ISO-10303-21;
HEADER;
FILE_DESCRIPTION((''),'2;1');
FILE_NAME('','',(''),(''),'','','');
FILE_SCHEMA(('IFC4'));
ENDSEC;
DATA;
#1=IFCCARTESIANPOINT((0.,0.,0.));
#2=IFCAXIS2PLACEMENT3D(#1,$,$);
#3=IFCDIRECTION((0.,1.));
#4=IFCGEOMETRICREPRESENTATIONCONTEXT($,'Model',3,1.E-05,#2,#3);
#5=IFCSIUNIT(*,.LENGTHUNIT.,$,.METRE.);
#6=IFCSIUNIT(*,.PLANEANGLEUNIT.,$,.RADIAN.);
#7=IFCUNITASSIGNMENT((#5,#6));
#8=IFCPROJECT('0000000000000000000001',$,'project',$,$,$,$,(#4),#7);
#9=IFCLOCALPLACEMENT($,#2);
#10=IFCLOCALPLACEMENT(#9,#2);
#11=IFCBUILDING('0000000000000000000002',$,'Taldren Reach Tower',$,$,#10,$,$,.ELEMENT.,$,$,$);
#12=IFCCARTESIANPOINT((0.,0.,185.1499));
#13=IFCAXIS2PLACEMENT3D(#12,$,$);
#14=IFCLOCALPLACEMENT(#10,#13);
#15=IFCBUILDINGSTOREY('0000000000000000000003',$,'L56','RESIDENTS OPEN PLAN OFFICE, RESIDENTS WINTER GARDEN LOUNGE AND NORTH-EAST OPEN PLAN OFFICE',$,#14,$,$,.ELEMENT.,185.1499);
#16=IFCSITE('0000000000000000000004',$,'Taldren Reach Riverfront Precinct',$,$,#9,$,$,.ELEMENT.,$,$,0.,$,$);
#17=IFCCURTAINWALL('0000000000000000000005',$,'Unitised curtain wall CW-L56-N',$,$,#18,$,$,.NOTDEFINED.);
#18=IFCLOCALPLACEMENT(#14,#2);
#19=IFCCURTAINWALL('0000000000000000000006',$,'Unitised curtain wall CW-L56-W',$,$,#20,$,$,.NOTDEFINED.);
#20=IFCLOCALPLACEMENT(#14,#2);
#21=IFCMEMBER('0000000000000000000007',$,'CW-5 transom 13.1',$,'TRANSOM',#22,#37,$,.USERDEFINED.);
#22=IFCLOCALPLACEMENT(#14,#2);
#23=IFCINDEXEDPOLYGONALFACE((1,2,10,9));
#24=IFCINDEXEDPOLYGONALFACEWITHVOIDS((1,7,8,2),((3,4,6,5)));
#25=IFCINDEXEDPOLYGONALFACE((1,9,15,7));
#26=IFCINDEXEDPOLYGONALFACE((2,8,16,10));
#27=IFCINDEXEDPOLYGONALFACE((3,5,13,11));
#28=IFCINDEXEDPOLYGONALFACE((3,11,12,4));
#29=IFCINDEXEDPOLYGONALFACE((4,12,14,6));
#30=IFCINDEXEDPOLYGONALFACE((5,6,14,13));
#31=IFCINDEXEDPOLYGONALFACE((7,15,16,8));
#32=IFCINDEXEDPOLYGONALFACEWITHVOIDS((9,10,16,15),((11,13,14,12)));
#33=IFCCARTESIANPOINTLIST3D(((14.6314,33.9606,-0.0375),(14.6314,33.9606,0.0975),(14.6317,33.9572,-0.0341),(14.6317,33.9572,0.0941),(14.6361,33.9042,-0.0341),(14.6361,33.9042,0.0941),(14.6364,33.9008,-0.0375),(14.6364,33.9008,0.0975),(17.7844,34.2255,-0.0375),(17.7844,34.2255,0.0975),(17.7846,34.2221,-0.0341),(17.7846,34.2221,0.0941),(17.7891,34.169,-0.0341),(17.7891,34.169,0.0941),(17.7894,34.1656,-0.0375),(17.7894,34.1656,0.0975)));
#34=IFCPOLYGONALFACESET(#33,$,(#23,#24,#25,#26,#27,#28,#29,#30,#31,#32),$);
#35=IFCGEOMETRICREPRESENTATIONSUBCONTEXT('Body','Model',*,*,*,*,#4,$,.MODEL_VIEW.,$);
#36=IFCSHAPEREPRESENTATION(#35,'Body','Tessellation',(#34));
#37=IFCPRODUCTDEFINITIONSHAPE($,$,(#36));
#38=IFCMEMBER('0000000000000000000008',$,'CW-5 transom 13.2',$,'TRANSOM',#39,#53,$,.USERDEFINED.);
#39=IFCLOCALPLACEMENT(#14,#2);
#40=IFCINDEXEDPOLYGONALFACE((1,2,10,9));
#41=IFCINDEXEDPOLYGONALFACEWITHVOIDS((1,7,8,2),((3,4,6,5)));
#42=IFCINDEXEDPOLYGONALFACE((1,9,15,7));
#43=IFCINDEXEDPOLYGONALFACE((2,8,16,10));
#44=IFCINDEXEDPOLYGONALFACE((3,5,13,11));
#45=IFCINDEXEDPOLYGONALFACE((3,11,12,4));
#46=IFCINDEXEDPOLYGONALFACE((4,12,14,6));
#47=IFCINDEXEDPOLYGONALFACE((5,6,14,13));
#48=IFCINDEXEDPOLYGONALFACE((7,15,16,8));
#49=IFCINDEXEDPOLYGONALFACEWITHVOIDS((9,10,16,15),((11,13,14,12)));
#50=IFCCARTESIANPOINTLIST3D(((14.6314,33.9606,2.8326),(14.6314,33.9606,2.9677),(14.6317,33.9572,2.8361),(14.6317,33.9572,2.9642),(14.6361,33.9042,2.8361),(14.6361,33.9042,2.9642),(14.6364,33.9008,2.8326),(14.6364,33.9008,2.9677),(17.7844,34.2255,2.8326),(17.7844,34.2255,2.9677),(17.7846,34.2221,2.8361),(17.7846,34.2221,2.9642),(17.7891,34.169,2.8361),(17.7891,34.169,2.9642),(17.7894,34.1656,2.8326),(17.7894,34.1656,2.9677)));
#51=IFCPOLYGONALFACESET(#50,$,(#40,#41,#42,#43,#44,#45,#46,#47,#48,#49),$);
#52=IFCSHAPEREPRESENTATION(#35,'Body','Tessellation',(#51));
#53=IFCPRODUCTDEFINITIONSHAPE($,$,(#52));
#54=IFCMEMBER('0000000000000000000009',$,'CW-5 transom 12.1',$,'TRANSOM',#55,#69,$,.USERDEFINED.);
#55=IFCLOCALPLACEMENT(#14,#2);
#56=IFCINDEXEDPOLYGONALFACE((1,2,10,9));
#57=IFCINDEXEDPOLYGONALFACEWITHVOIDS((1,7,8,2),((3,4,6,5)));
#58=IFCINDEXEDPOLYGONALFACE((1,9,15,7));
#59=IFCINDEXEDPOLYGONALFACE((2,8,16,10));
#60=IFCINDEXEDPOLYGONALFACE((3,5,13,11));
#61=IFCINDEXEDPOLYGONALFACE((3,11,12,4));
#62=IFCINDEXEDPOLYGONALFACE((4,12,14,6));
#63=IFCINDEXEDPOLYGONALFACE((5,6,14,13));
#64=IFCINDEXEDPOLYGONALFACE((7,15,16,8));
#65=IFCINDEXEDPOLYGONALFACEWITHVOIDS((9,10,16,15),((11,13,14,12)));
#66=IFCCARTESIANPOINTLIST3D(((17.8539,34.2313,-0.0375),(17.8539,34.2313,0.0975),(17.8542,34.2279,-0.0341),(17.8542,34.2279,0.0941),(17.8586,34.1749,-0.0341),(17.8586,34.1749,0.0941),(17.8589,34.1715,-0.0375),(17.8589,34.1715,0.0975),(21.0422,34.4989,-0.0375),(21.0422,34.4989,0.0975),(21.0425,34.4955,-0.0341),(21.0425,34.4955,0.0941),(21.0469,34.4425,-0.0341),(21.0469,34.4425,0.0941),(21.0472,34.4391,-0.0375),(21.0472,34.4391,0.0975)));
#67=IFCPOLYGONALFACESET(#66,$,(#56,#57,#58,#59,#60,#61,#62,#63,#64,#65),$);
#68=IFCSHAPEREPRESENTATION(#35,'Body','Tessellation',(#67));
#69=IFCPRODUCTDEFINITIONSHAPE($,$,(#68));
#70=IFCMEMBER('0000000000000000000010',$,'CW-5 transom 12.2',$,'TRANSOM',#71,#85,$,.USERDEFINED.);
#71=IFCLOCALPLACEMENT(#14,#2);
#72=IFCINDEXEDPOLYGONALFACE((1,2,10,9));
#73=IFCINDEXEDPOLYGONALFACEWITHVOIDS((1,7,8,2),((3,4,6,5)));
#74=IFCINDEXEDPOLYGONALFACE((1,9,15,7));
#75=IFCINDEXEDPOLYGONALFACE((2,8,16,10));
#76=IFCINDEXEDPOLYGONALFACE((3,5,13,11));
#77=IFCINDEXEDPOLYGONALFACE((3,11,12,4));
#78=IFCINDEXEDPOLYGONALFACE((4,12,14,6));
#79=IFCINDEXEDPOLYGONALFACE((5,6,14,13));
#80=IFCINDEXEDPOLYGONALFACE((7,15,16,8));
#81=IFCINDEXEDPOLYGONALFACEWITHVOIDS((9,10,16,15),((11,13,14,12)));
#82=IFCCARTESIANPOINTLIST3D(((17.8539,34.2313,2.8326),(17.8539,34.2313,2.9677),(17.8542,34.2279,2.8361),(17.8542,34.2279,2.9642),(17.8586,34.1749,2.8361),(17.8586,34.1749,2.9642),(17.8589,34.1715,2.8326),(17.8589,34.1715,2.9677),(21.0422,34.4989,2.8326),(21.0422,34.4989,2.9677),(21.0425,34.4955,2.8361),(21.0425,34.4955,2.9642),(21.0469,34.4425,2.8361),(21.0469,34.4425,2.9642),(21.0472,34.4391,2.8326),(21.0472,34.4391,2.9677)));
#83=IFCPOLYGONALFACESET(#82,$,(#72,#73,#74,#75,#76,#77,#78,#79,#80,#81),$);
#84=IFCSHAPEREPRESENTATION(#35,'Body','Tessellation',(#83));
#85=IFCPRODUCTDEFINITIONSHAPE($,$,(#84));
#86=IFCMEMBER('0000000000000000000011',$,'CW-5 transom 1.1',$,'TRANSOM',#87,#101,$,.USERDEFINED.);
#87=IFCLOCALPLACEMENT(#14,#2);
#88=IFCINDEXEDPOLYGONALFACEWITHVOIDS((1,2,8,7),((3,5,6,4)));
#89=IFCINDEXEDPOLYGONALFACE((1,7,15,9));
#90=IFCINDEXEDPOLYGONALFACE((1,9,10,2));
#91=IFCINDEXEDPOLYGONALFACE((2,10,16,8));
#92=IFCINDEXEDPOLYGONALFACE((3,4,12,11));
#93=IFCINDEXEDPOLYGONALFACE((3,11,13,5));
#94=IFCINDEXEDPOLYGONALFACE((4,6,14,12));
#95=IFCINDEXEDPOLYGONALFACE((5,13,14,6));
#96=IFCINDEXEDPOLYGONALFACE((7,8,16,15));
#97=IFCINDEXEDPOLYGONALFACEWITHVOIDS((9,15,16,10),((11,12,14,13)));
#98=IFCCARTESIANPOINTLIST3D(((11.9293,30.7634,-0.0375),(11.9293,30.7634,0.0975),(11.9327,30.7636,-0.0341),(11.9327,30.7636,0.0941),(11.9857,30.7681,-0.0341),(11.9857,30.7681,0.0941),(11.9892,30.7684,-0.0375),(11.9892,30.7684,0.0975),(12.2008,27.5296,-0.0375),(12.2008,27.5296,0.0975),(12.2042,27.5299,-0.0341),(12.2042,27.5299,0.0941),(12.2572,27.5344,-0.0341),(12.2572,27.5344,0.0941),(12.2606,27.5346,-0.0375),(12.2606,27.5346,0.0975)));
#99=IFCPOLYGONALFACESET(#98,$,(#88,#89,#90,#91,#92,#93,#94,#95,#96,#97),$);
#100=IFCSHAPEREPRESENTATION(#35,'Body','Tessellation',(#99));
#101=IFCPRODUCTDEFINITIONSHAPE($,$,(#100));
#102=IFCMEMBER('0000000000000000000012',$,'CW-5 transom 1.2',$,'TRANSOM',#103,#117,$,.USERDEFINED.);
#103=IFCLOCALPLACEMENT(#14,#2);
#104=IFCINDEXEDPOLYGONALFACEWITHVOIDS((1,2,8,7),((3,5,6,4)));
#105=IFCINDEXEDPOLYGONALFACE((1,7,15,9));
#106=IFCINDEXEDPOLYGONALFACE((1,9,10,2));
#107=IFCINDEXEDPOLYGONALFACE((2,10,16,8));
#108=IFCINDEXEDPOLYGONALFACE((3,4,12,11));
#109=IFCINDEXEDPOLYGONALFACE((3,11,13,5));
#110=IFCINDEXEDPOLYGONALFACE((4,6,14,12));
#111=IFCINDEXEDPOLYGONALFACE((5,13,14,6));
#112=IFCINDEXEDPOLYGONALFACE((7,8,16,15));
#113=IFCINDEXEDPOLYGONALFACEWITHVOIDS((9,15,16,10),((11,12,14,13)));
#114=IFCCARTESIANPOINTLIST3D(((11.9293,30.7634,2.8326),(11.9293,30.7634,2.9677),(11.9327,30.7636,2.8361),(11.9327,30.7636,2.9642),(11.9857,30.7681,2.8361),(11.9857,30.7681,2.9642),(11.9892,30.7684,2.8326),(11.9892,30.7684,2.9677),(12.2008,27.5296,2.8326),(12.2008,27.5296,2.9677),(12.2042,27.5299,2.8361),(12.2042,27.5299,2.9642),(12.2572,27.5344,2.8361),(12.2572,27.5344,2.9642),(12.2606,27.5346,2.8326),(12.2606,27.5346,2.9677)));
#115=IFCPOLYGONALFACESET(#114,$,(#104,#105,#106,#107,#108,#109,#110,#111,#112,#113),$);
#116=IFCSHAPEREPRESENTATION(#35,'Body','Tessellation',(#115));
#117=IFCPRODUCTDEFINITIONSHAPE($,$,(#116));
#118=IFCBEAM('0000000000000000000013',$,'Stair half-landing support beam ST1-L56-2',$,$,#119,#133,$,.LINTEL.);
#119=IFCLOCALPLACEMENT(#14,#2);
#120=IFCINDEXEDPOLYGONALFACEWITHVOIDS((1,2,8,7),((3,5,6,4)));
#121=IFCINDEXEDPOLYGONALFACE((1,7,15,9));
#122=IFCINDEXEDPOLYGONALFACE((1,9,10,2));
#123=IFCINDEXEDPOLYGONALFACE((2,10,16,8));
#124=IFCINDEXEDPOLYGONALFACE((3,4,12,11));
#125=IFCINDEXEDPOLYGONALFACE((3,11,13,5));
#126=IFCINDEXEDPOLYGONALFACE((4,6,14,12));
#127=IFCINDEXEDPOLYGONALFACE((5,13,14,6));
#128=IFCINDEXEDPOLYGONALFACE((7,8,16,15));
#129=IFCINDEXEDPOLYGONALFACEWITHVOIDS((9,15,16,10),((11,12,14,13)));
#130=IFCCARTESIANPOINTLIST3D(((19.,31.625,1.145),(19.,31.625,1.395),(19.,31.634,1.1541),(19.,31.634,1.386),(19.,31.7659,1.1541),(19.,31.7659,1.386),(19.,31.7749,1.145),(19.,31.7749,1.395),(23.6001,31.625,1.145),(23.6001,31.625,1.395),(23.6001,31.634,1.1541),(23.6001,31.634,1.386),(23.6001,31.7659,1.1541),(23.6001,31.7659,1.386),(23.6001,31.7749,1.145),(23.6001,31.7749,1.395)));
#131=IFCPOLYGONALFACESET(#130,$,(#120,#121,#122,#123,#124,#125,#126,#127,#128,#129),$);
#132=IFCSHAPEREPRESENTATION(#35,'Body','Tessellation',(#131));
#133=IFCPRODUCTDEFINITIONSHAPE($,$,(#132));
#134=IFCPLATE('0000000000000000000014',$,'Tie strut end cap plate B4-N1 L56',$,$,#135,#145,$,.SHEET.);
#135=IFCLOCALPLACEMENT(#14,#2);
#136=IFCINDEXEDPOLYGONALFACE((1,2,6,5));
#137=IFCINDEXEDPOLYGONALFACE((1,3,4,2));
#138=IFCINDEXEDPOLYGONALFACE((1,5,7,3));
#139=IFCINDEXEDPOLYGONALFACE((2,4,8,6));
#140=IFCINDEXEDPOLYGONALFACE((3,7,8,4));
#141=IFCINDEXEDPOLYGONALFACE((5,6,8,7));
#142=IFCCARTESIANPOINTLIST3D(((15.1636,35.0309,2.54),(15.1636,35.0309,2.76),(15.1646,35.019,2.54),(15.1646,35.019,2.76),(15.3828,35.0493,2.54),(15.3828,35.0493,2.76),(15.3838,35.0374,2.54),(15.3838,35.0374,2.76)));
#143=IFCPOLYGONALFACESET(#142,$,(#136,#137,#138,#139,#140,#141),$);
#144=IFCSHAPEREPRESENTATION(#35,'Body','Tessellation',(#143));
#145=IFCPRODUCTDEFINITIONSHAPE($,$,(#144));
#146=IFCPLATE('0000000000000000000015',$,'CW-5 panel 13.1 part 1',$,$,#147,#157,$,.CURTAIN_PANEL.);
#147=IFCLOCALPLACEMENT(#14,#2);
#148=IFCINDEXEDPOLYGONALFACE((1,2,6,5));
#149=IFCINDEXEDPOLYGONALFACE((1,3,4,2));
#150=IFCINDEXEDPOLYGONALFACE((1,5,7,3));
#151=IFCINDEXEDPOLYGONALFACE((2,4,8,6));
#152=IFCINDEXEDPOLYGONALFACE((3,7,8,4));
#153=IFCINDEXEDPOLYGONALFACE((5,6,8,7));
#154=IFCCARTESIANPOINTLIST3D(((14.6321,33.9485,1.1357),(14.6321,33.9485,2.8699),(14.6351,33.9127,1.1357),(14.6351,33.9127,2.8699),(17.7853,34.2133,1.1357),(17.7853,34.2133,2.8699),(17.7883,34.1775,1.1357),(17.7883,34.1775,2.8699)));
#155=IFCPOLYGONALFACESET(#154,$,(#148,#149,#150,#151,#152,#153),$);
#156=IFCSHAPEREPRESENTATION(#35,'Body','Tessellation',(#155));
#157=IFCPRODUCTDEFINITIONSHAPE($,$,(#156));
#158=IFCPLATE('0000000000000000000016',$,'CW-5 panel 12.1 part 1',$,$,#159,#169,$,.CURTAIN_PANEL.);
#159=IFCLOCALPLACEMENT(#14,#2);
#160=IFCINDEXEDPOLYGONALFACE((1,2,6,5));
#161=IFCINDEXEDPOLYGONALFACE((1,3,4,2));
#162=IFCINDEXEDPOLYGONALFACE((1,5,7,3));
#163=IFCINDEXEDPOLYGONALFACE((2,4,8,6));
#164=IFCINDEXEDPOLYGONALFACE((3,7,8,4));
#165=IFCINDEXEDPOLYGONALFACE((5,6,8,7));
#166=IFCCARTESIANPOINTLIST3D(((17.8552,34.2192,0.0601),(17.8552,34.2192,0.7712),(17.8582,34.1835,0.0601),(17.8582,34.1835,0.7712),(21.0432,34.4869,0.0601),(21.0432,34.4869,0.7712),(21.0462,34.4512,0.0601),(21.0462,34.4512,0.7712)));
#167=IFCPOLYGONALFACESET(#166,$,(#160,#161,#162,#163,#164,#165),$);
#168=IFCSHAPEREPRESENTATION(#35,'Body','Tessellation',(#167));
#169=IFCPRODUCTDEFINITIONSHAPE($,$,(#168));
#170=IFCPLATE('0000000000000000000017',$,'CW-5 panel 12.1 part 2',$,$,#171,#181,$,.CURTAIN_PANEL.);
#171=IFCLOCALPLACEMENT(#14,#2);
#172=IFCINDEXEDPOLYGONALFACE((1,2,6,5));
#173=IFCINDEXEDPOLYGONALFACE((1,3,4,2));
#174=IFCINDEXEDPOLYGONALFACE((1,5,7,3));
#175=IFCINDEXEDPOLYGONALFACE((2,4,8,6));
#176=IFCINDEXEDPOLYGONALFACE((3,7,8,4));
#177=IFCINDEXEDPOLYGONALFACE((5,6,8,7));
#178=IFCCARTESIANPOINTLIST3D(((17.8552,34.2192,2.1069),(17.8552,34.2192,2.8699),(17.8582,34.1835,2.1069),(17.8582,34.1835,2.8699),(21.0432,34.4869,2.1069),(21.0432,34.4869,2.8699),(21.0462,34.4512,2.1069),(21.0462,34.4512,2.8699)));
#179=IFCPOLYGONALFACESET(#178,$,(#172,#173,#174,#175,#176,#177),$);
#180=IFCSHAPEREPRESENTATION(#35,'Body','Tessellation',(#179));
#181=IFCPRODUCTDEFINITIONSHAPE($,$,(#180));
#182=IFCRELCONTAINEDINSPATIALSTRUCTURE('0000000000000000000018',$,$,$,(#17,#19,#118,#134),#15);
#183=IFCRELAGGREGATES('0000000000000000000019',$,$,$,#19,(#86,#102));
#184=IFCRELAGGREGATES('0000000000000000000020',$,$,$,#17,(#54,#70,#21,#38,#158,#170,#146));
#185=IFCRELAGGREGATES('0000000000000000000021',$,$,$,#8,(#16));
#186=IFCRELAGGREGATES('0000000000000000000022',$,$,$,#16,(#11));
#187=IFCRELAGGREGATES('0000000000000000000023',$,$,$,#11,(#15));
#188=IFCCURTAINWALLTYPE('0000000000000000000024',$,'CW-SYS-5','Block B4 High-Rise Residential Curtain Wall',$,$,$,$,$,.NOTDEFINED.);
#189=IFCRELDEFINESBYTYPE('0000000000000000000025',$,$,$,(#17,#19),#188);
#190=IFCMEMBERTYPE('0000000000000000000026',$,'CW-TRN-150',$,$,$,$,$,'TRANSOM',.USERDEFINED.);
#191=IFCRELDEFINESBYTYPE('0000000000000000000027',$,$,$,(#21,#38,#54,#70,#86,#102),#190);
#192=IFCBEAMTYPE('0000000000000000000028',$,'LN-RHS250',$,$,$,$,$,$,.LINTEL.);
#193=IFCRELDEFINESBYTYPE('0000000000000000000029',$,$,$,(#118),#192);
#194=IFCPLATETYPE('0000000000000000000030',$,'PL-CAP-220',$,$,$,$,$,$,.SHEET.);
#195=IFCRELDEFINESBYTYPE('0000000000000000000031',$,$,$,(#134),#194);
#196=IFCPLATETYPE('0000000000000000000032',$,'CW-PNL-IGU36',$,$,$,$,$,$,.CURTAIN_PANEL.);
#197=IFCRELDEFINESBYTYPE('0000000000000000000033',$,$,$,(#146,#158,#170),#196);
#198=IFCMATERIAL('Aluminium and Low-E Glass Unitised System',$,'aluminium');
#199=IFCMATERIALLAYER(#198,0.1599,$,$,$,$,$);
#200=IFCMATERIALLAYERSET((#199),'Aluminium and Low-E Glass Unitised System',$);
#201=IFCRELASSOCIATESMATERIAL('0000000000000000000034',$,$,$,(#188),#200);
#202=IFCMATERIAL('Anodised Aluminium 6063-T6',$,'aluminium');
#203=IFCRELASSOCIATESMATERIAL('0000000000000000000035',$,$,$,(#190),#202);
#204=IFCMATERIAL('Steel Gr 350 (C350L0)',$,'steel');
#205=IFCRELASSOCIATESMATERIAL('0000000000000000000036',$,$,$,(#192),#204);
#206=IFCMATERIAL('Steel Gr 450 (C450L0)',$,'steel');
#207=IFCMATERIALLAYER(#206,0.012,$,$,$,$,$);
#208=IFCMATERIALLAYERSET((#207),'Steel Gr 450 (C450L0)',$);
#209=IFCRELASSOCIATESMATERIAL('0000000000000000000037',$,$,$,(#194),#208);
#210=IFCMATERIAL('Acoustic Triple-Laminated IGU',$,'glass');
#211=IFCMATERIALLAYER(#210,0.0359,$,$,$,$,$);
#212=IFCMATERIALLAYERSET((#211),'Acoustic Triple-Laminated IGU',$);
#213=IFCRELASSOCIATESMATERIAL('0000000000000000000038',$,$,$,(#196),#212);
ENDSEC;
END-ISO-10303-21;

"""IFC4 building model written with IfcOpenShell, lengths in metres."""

from ifc_helpers import new_model, si_unit, direction, frame, origin, origin_2d, place, context, subcontext, project, spatial, rectangle, hollow_rectangle, extrude, source, transform, mapped, material, layer, layer_set, material_profile, profile_set, type_object, element, aggregate, save


model = new_model("IFC4")

# Units and contexts
model_context = context("Model", 3, precision=1e-05, world=origin(), true_north=direction((0.0, 1.0)))
body_context = subcontext(model_context, "Body", "Model", "MODEL_VIEW")
ifc_project = project(units=[si_unit("LENGTHUNIT", "METRE"), si_unit("PLANEANGLEUNIT", "RADIAN")], contexts=[model_context])

# Site, building, storey
site_placement = place(None, origin())
site = spatial("IfcSite", under=ifc_project, at=site_placement, Name="Taldren Reach Riverfront Precinct", CompositionType="ELEMENT", RefElevation=0.0)
building_placement = place(site_placement, origin())
building = spatial("IfcBuilding", under=site, at=building_placement, Name="Taldren Reach Tower", CompositionType="ELEMENT")
storey_placement = place(building_placement, frame((0.0, 0.0, 185.1499)))
storey = spatial("IfcBuildingStorey", under=building, at=storey_placement, Name="L56", Description="RESIDENTS OPEN PLAN OFFICE, RESIDENTS WINTER GARDEN LOUNGE AND NORTH-EAST OPEN PLAN OFFICE", CompositionType="ELEMENT", Elevation=185.1499)

# Shared definitions
ifc_material_1 = material(Name="Steel Gr 450 (C450L0)", Category="steel")
ifc_material_2 = material(Name="Steel Gr 350 (C350L0)", Category="steel")

# Curtain wall
ifc_material_3 = material(Name="Aluminium and Low-E Glass Unitised System", Category="aluminium")
ifc_layer_1 = layer(ifc_material_3, 0.1599)
ifc_layer_set_1 = layer_set([ifc_layer_1], Name="Aluminium and Low-E Glass Unitised System")
curtain_wall_type = type_object("IfcCurtainWallType", Name="CW-SYS-5", Description="Block B4 High-Rise Residential Curtain Wall", PredefinedType="NOTDEFINED", material=ifc_layer_set_1)
curtain_wall_1_placement = place(storey_placement, origin())
curtain_wall_1 = element("IfcCurtainWall", 1, at=curtain_wall_1_placement, inside=storey, type_object=curtain_wall_type, Name="Unitised curtain wall CW-L56-N", PredefinedType="NOTDEFINED")
ifc_material_4 = material(Name="Anodised Aluminium 6063-T6", Category="aluminium")

# Curtain wall
curtain_wall_2_placement = place(storey_placement, origin())
curtain_wall_2 = element("IfcCurtainWall", 2, at=curtain_wall_2_placement, inside=storey, type_object=curtain_wall_type, Name="Unitised curtain wall CW-L56-W", PredefinedType="NOTDEFINED")

# Members
ifc_material_profile_1 = material_profile(ifc_material_4, hollow_rectangle(XDim=0.0601, YDim=0.135, WallThickness=0.0034, at=origin_2d()), Name="ALU-135x60x3.5RHS")
ifc_profile_set_1 = profile_set([ifc_material_profile_1], Name="Anodised Aluminium 6063-T6")
member_type_1 = type_object("IfcMemberType", Name="CW-TRN-150", ElementType="TRANSOM", PredefinedType="USERDEFINED", material=ifc_profile_set_1)
shared_shape_1 = source(origin(), body_context, "Body", "SweptSolid", [
    extrude(hollow_rectangle(XDim=0.0601, YDim=0.135, WallThickness=0.0034, at=origin_2d()), origin(), (0.0, 0.0, 1.0), 3.1641),
])
member_1_placement = place(storey_placement, frame((17.7869, 34.1956, 0.03), z_axis=(-0.99649, -0.083716, 0.0), x_axis=(0.083716, -0.99649, 0.0)))
member_1 = element("IfcMember", 3, at=member_1_placement, type_object=member_type_1, Name="CW-5 transom 13.1", ObjectType="TRANSOM", PredefinedType="USERDEFINED", context=body_context, shape_type="MappedRepresentation", body=[
    mapped(shared_shape_1, transform((0.0, 0.0, 0.0), scale=1.0)),
])
member_2_placement = place(storey_placement, frame((17.7869, 34.1956, 2.9001), z_axis=(-0.99649, -0.083716, 0.0), x_axis=(0.083716, -0.99649, 0.0)))
member_2 = element("IfcMember", 4, at=member_2_placement, type_object=member_type_1, Name="CW-5 transom 13.2", ObjectType="TRANSOM", PredefinedType="USERDEFINED", context=body_context, shape_type="MappedRepresentation", body=[
    mapped(shared_shape_1, transform((0.0, 0.0, 0.0), scale=1.0)),
])
shared_shape_2 = source(origin(), body_context, "Body", "SweptSolid", [
    extrude(hollow_rectangle(XDim=0.0601, YDim=0.135, WallThickness=0.0034, at=origin_2d()), origin(), (0.0, 0.0, 1.0), 3.1995),
])
member_3_placement = place(storey_placement, frame((21.0447, 34.469, 0.03), z_axis=(-0.996497, -0.083633, 0.0), x_axis=(0.083633, -0.996497, 0.0)))
member_3 = element("IfcMember", 5, at=member_3_placement, type_object=member_type_1, Name="CW-5 transom 12.1", ObjectType="TRANSOM", PredefinedType="USERDEFINED", context=body_context, shape_type="MappedRepresentation", body=[
    mapped(shared_shape_2, transform((0.0, 0.0, 0.0), scale=1.0)),
])
member_4_placement = place(storey_placement, frame((21.0447, 34.469, 2.9001), z_axis=(-0.996497, -0.083633, 0.0), x_axis=(0.083633, -0.996497, 0.0)))
member_4 = element("IfcMember", 6, at=member_4_placement, type_object=member_type_1, Name="CW-5 transom 12.2", ObjectType="TRANSOM", PredefinedType="USERDEFINED", context=body_context, shape_type="MappedRepresentation", body=[
    mapped(shared_shape_2, transform((0.0, 0.0, 0.0), scale=1.0)),
])
shared_shape_3 = source(origin(), body_context, "Body", "SweptSolid", [
    extrude(hollow_rectangle(XDim=0.0601, YDim=0.135, WallThickness=0.0034, at=origin_2d()), origin(), (0.0, 0.0, 1.0), 3.2451),
])
member_5_placement = place(storey_placement, frame((11.9592, 30.7659, 0.03), z_axis=(0.083662, -0.996494, 0.0), x_axis=(0.996494, 0.083662, 0.0)))
member_5 = element("IfcMember", 7, at=member_5_placement, type_object=member_type_1, Name="CW-5 transom 1.1", ObjectType="TRANSOM", PredefinedType="USERDEFINED", context=body_context, shape_type="MappedRepresentation", body=[
    mapped(shared_shape_3, transform((0.0, 0.0, 0.0), scale=1.0)),
])
member_6_placement = place(storey_placement, frame((11.9592, 30.7659, 2.9001), z_axis=(0.083662, -0.996494, 0.0), x_axis=(0.996494, 0.083662, 0.0)))
member_6 = element("IfcMember", 8, at=member_6_placement, type_object=member_type_1, Name="CW-5 transom 1.2", ObjectType="TRANSOM", PredefinedType="USERDEFINED", context=body_context, shape_type="MappedRepresentation", body=[
    mapped(shared_shape_3, transform((0.0, 0.0, 0.0), scale=1.0)),
])
aggregate(curtain_wall_2, [member_5, member_6])

# Beam
ifc_material_profile_2 = material_profile(ifc_material_2, hollow_rectangle(XDim=0.1499, YDim=0.25, WallThickness=0.009, at=origin_2d()), Name="250x150x9.0RHS")
ifc_profile_set_2 = profile_set([ifc_material_profile_2], Name="Steel Gr 350 (C350L0)")
beam_type_1 = type_object("IfcBeamType", Name="LN-RHS250", PredefinedType="LINTEL", material=ifc_profile_set_2)
shared_shape_4 = source(origin(), body_context, "Body", "SweptSolid", [
    extrude(hollow_rectangle(XDim=0.1499, YDim=0.25, WallThickness=0.009, at=origin_2d()), origin(), (0.0, 0.0, 1.0), 4.6001),
])
beam_1_placement = place(storey_placement, frame((19.0, 31.7, 1.27), z_axis=(1.0, 0.0, 0.0), x_axis=(0.0, 1.0, 0.0)))
element("IfcBeam", 9, at=beam_1_placement, inside=storey, type_object=beam_type_1, Name="Stair half-landing support beam ST1-L56-2", PredefinedType="LINTEL", context=body_context, shape_type="MappedRepresentation", body=[
    mapped(shared_shape_4, transform((0.0, 0.0, 0.0), scale=1.0)),
])

# Plates
ifc_layer_2 = layer(ifc_material_1, 0.012)
ifc_layer_set_2 = layer_set([ifc_layer_2], Name="Steel Gr 450 (C450L0)")
plate_type_1 = type_object("IfcPlateType", Name="PL-CAP-220", PredefinedType="SHEET", material=ifc_layer_set_2)
shared_shape_5 = source(origin(), body_context, "Body", "SweptSolid", [
    extrude(rectangle(XDim=0.22, YDim=0.012, at=origin_2d()), origin(), (0.0, 0.0, 1.0), 0.22),
])
plate_1_placement = place(storey_placement, frame((15.2737, 35.0342, 2.54), z_axis=(0.0, 0.0, 1.0), x_axis=(0.996493, 0.083678, 0.0)))
element("IfcPlate", 10, at=plate_1_placement, inside=storey, type_object=plate_type_1, Name="Tie strut end cap plate B4-N1 L56", PredefinedType="SHEET", context=body_context, shape_type="MappedRepresentation", body=[
    mapped(shared_shape_5, transform((0.0, 0.0, 0.0), scale=1.0)),
])
ifc_material_5 = material(Name="Acoustic Triple-Laminated IGU", Category="glass")
ifc_layer_3 = layer(ifc_material_5, 0.0359)
ifc_layer_set_3 = layer_set([ifc_layer_3], Name="Acoustic Triple-Laminated IGU")
plate_type_2 = type_object("IfcPlateType", Name="CW-PNL-IGU36", PredefinedType="CURTAIN_PANEL", material=ifc_layer_set_3)
shared_shape_6 = source(origin(), body_context, "Body", "SweptSolid", [
    extrude(rectangle(XDim=3.1643, YDim=0.0359, at=origin_2d()), origin(), (0.0, 0.0, 1.0), 1.7341),
])
plate_2_placement = place(storey_placement, frame((16.2102, 34.063, 1.1357), z_axis=(0.0, 0.0, 1.0), x_axis=(-0.996493, -0.083678, 0.0)))
plate_2 = element("IfcPlate", 11, at=plate_2_placement, type_object=plate_type_2, Name="CW-5 panel 13.1 part 1", PredefinedType="CURTAIN_PANEL", context=body_context, shape_type="MappedRepresentation", body=[
    mapped(shared_shape_6, transform((0.0, 0.0, 0.0), scale=1.0)),
])
shared_shape_7 = source(origin(), body_context, "Body", "SweptSolid", [
    extrude(rectangle(XDim=3.1992, YDim=0.0359, at=origin_2d()), origin(), (0.0, 0.0, 1.0), 0.7112),
])
plate_3_placement = place(storey_placement, frame((19.4507, 34.3352, 0.0601), z_axis=(0.0, 0.0, 1.0), x_axis=(-0.996493, -0.083678, 0.0)))
plate_3 = element("IfcPlate", 12, at=plate_3_placement, type_object=plate_type_2, Name="CW-5 panel 12.1 part 1", PredefinedType="CURTAIN_PANEL", context=body_context, shape_type="MappedRepresentation", body=[
    mapped(shared_shape_7, transform((0.0, 0.0, 0.0), scale=1.0)),
])
shared_shape_8 = source(origin(), body_context, "Body", "SweptSolid", [
    extrude(rectangle(XDim=3.1992, YDim=0.0359, at=origin_2d()), origin(), (0.0, 0.0, 1.0), 0.7629),
])
plate_4_placement = place(storey_placement, frame((19.4507, 34.3352, 2.1069), z_axis=(0.0, 0.0, 1.0), x_axis=(-0.996493, -0.083678, 0.0)))
plate_4 = element("IfcPlate", 13, at=plate_4_placement, type_object=plate_type_2, Name="CW-5 panel 12.1 part 2", PredefinedType="CURTAIN_PANEL", context=body_context, shape_type="MappedRepresentation", body=[
    mapped(shared_shape_8, transform((0.0, 0.0, 0.0), scale=1.0)),
])
aggregate(curtain_wall_1, [member_3, member_4, member_1, member_2, plate_3, plate_4, plate_2])

save(model, "model.ifc")
